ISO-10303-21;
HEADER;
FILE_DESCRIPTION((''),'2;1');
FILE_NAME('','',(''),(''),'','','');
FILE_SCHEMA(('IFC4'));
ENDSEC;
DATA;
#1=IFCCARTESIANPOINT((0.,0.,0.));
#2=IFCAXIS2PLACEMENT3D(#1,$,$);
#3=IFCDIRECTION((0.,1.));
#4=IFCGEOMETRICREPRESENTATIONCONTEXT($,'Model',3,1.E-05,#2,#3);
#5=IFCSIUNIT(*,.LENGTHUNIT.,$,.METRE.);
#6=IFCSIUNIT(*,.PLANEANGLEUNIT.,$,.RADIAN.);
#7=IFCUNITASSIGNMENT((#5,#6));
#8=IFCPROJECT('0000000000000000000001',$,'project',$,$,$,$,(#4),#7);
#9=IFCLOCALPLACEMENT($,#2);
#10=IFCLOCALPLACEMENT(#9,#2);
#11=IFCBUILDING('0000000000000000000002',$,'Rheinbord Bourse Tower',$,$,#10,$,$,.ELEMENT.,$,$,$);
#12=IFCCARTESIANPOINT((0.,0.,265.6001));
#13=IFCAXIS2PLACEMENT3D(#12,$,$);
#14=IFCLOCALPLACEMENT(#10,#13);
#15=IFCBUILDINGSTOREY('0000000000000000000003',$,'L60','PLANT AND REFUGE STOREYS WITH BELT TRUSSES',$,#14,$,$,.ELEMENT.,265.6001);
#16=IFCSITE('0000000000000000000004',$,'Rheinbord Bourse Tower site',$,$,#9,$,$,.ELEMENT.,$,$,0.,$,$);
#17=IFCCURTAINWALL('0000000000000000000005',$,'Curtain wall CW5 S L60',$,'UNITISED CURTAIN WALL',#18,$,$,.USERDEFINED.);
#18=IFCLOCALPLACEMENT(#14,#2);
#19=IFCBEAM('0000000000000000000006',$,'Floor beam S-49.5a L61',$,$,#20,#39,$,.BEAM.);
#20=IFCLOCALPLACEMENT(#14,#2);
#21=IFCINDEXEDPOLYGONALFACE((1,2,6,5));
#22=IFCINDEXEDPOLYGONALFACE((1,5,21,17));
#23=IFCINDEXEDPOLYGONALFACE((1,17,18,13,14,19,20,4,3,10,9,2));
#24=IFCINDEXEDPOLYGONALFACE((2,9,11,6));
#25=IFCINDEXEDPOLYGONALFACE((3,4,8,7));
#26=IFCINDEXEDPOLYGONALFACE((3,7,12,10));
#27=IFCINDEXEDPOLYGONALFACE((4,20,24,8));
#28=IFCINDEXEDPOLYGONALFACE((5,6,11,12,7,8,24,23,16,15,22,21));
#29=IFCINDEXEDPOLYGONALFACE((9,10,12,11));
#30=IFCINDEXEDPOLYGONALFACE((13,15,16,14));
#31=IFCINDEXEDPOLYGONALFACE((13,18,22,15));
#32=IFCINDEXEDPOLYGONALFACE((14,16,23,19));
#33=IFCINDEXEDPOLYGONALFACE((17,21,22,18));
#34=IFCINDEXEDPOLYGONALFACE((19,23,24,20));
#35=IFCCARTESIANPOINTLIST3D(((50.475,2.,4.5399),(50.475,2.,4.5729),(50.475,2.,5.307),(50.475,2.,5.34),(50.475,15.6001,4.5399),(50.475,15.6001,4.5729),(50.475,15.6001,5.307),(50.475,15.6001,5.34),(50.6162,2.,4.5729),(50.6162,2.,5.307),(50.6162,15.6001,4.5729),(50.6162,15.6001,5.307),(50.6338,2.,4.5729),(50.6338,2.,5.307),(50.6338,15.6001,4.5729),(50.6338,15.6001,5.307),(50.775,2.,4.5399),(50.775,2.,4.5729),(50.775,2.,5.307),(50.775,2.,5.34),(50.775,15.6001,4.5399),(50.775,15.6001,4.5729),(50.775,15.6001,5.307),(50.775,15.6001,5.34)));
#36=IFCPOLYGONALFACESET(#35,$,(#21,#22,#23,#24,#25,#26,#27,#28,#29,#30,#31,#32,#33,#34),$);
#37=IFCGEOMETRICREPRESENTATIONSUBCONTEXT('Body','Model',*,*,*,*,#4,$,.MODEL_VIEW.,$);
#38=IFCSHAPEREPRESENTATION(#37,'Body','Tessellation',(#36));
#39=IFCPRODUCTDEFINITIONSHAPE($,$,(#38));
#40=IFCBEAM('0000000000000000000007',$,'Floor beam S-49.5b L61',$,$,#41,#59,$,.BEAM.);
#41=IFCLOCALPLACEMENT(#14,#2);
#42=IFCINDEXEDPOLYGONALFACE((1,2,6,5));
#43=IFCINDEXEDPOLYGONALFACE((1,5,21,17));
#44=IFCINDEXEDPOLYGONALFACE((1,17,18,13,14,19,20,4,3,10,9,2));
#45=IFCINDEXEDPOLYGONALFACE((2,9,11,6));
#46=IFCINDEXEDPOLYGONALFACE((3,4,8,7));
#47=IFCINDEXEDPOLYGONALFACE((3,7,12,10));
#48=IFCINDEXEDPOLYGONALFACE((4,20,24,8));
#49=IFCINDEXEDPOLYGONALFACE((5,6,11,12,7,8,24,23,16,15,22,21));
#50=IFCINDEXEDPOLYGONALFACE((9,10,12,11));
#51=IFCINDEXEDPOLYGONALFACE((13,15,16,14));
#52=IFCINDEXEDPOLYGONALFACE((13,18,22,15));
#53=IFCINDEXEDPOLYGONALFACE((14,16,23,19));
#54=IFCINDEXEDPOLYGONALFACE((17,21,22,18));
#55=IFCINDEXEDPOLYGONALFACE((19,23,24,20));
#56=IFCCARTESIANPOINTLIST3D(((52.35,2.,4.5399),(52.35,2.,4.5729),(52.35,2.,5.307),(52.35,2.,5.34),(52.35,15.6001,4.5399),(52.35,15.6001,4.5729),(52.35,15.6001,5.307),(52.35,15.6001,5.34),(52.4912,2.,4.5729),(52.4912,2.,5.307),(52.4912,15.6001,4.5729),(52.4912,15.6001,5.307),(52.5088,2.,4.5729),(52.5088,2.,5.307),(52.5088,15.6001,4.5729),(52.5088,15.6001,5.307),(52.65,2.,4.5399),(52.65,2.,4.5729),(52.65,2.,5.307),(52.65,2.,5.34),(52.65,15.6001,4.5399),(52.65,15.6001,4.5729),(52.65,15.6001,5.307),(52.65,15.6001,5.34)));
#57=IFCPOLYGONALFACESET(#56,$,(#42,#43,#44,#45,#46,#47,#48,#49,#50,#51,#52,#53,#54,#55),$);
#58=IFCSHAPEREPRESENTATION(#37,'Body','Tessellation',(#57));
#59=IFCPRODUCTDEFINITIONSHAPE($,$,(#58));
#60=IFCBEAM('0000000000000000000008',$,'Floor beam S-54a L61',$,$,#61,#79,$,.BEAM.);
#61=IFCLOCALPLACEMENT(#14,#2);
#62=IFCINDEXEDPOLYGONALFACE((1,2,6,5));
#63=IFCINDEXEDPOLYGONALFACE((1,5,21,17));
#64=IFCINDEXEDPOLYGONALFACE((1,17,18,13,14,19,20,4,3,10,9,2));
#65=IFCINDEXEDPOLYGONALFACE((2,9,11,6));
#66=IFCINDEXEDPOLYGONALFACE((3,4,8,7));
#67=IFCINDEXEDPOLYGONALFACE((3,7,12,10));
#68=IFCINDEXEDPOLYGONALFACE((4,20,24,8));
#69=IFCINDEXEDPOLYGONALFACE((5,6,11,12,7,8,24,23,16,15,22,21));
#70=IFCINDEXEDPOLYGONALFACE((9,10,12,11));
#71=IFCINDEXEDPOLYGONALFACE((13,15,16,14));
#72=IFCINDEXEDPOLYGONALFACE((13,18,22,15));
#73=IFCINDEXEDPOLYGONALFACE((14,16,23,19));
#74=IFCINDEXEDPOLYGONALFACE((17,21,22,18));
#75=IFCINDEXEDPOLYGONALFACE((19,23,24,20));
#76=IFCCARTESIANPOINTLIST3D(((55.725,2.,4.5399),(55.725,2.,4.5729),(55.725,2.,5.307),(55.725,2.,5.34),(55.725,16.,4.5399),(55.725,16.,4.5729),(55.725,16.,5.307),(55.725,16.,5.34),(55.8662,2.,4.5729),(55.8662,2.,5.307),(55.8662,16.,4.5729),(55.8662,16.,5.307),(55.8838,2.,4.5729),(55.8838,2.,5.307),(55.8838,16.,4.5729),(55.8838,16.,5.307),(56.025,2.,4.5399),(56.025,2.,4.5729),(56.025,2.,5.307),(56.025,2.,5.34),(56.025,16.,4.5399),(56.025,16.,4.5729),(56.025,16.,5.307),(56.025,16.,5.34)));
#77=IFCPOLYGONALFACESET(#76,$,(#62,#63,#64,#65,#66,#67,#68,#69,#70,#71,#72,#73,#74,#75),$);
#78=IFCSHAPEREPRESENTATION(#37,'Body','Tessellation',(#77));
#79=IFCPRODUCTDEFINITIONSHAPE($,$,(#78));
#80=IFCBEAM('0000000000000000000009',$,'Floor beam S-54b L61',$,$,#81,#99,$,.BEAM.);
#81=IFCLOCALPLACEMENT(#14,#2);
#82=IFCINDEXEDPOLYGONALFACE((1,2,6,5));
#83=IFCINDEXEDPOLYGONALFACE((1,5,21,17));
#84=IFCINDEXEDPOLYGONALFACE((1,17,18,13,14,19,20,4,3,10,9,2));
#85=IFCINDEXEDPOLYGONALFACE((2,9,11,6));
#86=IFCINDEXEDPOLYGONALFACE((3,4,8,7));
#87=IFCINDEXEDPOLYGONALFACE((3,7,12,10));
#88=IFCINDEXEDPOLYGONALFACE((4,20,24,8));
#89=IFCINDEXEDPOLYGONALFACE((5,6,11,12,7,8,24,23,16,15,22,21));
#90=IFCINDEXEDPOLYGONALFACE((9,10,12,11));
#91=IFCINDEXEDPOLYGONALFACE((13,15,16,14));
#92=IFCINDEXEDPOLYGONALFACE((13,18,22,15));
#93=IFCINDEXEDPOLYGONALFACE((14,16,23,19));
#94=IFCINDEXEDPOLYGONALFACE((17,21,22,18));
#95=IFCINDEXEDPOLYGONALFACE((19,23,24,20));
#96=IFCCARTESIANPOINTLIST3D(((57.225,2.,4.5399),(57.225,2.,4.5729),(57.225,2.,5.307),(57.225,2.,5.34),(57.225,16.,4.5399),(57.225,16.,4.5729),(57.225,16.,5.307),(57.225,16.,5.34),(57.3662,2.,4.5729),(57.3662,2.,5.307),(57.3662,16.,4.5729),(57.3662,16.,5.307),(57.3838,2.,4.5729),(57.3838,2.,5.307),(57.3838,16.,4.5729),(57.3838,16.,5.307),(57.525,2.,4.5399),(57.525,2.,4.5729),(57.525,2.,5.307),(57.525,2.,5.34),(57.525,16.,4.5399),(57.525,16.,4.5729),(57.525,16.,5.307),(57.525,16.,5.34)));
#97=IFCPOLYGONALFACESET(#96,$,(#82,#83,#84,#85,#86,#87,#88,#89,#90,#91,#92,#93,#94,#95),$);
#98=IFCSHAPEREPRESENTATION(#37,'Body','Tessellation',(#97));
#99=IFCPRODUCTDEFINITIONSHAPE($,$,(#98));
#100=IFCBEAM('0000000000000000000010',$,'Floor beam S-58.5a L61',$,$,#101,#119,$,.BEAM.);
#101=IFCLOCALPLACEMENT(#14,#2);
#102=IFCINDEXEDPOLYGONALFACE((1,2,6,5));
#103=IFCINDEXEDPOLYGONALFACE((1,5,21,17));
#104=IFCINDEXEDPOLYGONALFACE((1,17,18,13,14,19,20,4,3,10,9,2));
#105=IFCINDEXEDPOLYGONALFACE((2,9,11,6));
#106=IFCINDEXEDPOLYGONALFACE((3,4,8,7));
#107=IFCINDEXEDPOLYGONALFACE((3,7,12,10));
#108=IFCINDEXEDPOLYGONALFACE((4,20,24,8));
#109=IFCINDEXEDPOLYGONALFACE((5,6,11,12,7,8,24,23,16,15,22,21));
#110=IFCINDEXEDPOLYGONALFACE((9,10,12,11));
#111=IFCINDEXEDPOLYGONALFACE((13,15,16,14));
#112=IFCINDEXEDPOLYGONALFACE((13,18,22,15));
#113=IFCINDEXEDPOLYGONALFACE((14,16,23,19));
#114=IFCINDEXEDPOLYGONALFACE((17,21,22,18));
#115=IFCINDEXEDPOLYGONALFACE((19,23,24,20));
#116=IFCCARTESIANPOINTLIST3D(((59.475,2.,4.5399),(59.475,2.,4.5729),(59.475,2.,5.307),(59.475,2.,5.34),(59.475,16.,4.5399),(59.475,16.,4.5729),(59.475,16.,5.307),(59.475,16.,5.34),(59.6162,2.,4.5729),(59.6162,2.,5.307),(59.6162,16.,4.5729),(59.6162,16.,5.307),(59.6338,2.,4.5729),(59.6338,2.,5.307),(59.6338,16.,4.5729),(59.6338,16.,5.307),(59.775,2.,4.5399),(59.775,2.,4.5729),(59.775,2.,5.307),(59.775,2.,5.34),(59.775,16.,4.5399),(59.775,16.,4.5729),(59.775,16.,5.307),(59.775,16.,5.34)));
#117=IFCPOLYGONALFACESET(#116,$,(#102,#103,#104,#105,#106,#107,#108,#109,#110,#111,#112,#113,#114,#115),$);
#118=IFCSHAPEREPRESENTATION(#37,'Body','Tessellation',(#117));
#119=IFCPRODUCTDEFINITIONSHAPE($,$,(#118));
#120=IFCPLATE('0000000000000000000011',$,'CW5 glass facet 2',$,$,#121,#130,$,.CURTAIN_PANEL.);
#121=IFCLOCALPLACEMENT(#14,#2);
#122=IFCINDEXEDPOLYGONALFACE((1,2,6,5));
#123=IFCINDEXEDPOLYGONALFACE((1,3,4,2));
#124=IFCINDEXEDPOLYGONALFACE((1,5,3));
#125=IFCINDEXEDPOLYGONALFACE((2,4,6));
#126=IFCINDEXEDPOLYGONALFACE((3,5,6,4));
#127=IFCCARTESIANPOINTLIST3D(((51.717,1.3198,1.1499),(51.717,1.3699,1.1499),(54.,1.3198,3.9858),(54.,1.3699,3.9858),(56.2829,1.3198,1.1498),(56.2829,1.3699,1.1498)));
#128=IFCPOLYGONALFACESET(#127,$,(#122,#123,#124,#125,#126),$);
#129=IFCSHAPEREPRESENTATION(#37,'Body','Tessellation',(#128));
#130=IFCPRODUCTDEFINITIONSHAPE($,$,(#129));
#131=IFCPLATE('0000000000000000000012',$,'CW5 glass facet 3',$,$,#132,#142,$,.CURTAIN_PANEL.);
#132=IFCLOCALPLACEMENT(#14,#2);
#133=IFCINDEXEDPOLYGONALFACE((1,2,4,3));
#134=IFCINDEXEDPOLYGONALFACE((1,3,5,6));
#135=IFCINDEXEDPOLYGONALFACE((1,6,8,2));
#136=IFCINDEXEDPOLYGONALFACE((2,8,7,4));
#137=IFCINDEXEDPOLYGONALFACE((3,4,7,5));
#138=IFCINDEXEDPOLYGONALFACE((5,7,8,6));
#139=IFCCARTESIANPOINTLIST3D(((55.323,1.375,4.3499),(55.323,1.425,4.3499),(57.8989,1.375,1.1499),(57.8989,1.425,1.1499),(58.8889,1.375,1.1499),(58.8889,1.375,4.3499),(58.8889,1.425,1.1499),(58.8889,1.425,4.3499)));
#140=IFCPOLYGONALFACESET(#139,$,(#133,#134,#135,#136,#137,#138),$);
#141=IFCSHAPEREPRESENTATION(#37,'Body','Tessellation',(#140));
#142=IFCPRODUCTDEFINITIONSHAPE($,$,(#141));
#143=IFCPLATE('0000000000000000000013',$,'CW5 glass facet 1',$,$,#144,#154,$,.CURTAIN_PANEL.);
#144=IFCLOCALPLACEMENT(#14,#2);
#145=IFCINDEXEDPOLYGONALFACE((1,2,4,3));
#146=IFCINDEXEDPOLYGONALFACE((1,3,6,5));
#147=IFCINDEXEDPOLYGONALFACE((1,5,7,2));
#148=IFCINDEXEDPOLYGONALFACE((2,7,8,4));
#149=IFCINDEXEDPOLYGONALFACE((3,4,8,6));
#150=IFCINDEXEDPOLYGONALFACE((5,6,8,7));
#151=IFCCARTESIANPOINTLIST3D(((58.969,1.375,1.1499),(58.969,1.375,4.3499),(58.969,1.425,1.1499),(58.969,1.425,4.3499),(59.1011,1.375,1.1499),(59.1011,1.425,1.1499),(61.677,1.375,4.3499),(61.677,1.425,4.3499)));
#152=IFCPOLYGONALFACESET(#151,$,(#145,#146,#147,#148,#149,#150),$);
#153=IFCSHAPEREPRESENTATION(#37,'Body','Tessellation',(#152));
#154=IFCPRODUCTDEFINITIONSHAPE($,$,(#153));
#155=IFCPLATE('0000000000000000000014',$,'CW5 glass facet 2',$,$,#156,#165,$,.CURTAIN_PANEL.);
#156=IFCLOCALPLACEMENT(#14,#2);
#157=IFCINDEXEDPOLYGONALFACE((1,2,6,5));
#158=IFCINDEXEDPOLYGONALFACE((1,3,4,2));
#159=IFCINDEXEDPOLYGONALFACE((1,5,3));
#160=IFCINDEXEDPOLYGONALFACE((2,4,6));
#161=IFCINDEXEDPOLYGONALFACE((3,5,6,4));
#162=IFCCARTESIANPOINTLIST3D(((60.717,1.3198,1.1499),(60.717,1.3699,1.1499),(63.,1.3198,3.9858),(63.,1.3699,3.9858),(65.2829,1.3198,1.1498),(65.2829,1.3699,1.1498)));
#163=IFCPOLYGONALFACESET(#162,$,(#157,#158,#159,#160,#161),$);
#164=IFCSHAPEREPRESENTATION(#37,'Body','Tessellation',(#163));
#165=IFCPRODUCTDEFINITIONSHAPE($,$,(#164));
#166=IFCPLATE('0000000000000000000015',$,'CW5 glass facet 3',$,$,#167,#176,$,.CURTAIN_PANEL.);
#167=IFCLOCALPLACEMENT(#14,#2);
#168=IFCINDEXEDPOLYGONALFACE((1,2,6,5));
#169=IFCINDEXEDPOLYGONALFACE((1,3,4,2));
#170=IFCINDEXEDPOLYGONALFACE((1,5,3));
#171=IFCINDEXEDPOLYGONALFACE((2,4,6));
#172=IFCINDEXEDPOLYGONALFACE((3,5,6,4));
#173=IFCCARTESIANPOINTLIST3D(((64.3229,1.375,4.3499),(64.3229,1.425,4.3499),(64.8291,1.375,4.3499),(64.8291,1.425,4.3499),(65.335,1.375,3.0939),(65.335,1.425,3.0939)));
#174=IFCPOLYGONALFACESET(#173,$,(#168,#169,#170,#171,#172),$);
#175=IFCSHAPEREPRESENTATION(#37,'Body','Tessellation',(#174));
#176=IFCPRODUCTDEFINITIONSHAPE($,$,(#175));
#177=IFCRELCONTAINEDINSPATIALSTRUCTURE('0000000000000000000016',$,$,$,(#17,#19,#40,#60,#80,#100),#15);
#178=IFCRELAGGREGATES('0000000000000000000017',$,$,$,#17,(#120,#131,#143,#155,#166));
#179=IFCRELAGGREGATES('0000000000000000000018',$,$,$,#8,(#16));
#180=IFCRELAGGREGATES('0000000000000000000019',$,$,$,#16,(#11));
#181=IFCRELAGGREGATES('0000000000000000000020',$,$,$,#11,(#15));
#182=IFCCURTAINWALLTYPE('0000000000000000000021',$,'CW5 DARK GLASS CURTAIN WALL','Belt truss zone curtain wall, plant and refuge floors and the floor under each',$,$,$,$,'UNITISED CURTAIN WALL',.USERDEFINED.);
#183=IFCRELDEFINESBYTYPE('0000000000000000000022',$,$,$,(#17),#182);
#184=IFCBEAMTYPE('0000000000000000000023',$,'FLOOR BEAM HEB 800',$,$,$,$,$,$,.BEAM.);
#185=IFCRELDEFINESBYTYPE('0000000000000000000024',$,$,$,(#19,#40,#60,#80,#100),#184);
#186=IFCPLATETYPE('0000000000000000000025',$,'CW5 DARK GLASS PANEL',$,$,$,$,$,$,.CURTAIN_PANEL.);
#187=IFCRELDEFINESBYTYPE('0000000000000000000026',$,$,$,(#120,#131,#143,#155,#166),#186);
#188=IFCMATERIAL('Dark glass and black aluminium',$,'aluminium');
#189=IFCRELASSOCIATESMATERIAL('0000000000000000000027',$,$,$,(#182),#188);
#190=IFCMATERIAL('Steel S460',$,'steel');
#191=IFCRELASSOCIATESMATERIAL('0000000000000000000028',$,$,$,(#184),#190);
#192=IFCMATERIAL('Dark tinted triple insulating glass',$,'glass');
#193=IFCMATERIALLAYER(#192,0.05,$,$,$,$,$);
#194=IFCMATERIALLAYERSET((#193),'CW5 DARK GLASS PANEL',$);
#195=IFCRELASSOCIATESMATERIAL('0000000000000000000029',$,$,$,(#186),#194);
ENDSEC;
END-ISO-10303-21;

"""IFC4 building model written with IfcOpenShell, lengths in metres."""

from ifc_helpers import new_model, si_unit, direction, frame, origin, origin_2d, place, context, subcontext, project, spatial, polyline, i_section, outline, extrude, material, layer, layer_set, material_profile, profile_set, type_object, element, aggregate, save


model = new_model("IFC4")

# Units and contexts
model_context = context("Model", 3, precision=1e-05, world=origin(), true_north=direction((0.0, 1.0)))
body_context = subcontext(model_context, "Body", "Model", "MODEL_VIEW")
ifc_project = project(units=[si_unit("LENGTHUNIT", "METRE"), si_unit("PLANEANGLEUNIT", "RADIAN")], contexts=[model_context])

# Site, building, storey
site_placement = place(None, origin())
site = spatial("IfcSite", under=ifc_project, at=site_placement, Name="Rheinbord Bourse Tower site", CompositionType="ELEMENT", RefElevation=0.0)
building_placement = place(site_placement, origin())
building = spatial("IfcBuilding", under=site, at=building_placement, Name="Rheinbord Bourse Tower", CompositionType="ELEMENT")
storey_placement = place(building_placement, frame((0.0, 0.0, 265.6001)))
storey = spatial("IfcBuildingStorey", under=building, at=storey_placement, Name="L60", Description="PLANT AND REFUGE STOREYS WITH BELT TRUSSES", CompositionType="ELEMENT", Elevation=265.6001)

# Curtain wall
ifc_material_1 = material(Name="Dark glass and black aluminium", Category="aluminium")
curtain_wall_type = type_object("IfcCurtainWallType", Name="CW5 DARK GLASS CURTAIN WALL", Description="Belt truss zone curtain wall, plant and refuge floors and the floor under each", ElementType="UNITISED CURTAIN WALL", PredefinedType="USERDEFINED", material=ifc_material_1)
curtain_wall_placement = place(storey_placement, origin())
curtain_wall = element("IfcCurtainWall", 1, at=curtain_wall_placement, inside=storey, type_object=curtain_wall_type, Name="Curtain wall CW5 S L60", ObjectType="UNITISED CURTAIN WALL", PredefinedType="USERDEFINED")

# Beams
ifc_material_2 = material(Name="Steel S460", Category="steel")
ifc_material_profile_1 = material_profile(ifc_material_2, i_section(OverallWidth=0.3, OverallDepth=0.8, WebThickness=0.0176, FlangeThickness=0.033, at=origin_2d()), Name="HEB 800")
ifc_profile_set_1 = profile_set([ifc_material_profile_1], Name="Steel S460")
beam_type_1 = type_object("IfcBeamType", Name="FLOOR BEAM HEB 800", PredefinedType="BEAM", material=ifc_profile_set_1)
for number, where, z_axis, x_axis, name in (
    (2, (50.625, 2.0, 4.9399), (0.0, 1.0, 0.0), (-1.0, 0.0, 0.0), "Floor beam S-49.5a L61"),
    (3, (52.5, 2.0, 4.9399), (0.0, 1.0, 0.0), (-1.0, 0.0, 0.0), "Floor beam S-49.5b L61"),
):
    element("IfcBeam", number, at=place(storey_placement, frame(where, z_axis=z_axis, x_axis=x_axis)), inside=storey, type_object=beam_type_1, Name=name, PredefinedType="BEAM", context=body_context, shape_type="SweptSolid", body=[
        extrude(i_section(OverallWidth=0.3, OverallDepth=0.8, WebThickness=0.0176, FlangeThickness=0.033, at=origin_2d()), origin(), (0.0, 0.0, 1.0), 13.6001),
    ])
for number, where, z_axis, x_axis, name in (
    (4, (55.875, 2.0, 4.9399), (0.0, 1.0, 0.0), (-1.0, 0.0, 0.0), "Floor beam S-54a L61"),
    (5, (57.375, 2.0, 4.9399), (0.0, 1.0, 0.0), (-1.0, 0.0, 0.0), "Floor beam S-54b L61"),
    (6, (59.625, 2.0, 4.9399), (0.0, 1.0, 0.0), (-1.0, 0.0, 0.0), "Floor beam S-58.5a L61"),
):
    element("IfcBeam", number, at=place(storey_placement, frame(where, z_axis=z_axis, x_axis=x_axis)), inside=storey, type_object=beam_type_1, Name=name, PredefinedType="BEAM", context=body_context, shape_type="SweptSolid", body=[
        extrude(i_section(OverallWidth=0.3, OverallDepth=0.8, WebThickness=0.0176, FlangeThickness=0.033, at=origin_2d()), origin(), (0.0, 0.0, 1.0), 14.0),
    ])

# Plates
ifc_material_3 = material(Name="Dark tinted triple insulating glass", Category="glass")
ifc_layer = layer(ifc_material_3, 0.05)
ifc_layer_set = layer_set([ifc_layer], Name="CW5 DARK GLASS PANEL")
plate_type = type_object("IfcPlateType", Name="CW5 DARK GLASS PANEL", PredefinedType="CURTAIN_PANEL", material=ifc_layer_set)
plate_1_placement = place(storey_placement, frame((51.717, 1.3198, 1.1499), z_axis=(0.0, 1.0, 0.0), x_axis=(0.627072, 0.0, 0.778961)))
plate_1 = element("IfcPlate", 7, at=plate_1_placement, type_object=plate_type, Name="CW5 glass facet 2", PredefinedType="CURTAIN_PANEL", context=body_context, shape_type="SweptSolid", body=[
    extrude(outline(polyline([(0.0, 0.0), (3.6406, 0.0), (2.863, 3.5566), (0.0, 0.0)])), origin(), (0.0, 0.0, 1.0), 0.05),
])
plate_2_placement = place(storey_placement, frame((58.8889, 1.375, 4.3499), z_axis=(0.0, 1.0, 0.0), x_axis=(0.0, 0.0, -1.0)))
plate_2 = element("IfcPlate", 8, at=plate_2_placement, type_object=plate_type, Name="CW5 glass facet 3", PredefinedType="CURTAIN_PANEL", context=body_context, shape_type="SweptSolid", body=[
    extrude(outline(polyline([(0.0, 0.0), (3.2, 0.0), (3.2, 0.99), (0.0, 3.5659), (0.0, 0.0)])), origin(), (0.0, 0.0, 1.0), 0.05),
])
plate_3_placement = place(storey_placement, frame((58.969, 1.375, 1.1499), z_axis=(0.0, 1.0, 0.0), x_axis=(0.0, 0.0, 1.0)))
plate_3 = element("IfcPlate", 9, at=plate_3_placement, type_object=plate_type, Name="CW5 glass facet 1", PredefinedType="CURTAIN_PANEL", context=body_context, shape_type="SweptSolid", body=[
    extrude(outline(polyline([(0.0, 0.0), (3.2, 0.0), (3.2, 2.708), (0.0, 0.1321), (0.0, 0.0)])), origin(), (0.0, 0.0, 1.0), 0.05),
])
plate_4_placement = place(storey_placement, frame((60.717, 1.3198, 1.1499), z_axis=(0.0, 1.0, 0.0), x_axis=(0.627072, 0.0, 0.778961)))
plate_4 = element("IfcPlate", 10, at=plate_4_placement, type_object=plate_type, Name="CW5 glass facet 2", PredefinedType="CURTAIN_PANEL", context=body_context, shape_type="SweptSolid", body=[
    extrude(outline(polyline([(0.0, 0.0), (3.6406, 0.0), (2.863, 3.5566), (0.0, 0.0)])), origin(), (0.0, 0.0, 1.0), 0.05),
])
plate_5_placement = place(storey_placement, frame((64.8291, 1.375, 4.3499), z_axis=(0.0, 1.0, 0.0), x_axis=(0.373628, 0.0, -0.927579)))
plate_5 = element("IfcPlate", 11, at=plate_5_placement, type_object=plate_type, Name="CW5 glass facet 3", PredefinedType="CURTAIN_PANEL", context=body_context, shape_type="SweptSolid", body=[
    extrude(outline(polyline([(0.0, 0.0), (1.354, 0.0), (-0.1892, 0.4695), (0.0, 0.0)])), origin(), (0.0, 0.0, 1.0), 0.05),
])
aggregate(curtain_wall, [plate_1, plate_2, plate_3, plate_4, plate_5])

save(model, "model.ifc")
